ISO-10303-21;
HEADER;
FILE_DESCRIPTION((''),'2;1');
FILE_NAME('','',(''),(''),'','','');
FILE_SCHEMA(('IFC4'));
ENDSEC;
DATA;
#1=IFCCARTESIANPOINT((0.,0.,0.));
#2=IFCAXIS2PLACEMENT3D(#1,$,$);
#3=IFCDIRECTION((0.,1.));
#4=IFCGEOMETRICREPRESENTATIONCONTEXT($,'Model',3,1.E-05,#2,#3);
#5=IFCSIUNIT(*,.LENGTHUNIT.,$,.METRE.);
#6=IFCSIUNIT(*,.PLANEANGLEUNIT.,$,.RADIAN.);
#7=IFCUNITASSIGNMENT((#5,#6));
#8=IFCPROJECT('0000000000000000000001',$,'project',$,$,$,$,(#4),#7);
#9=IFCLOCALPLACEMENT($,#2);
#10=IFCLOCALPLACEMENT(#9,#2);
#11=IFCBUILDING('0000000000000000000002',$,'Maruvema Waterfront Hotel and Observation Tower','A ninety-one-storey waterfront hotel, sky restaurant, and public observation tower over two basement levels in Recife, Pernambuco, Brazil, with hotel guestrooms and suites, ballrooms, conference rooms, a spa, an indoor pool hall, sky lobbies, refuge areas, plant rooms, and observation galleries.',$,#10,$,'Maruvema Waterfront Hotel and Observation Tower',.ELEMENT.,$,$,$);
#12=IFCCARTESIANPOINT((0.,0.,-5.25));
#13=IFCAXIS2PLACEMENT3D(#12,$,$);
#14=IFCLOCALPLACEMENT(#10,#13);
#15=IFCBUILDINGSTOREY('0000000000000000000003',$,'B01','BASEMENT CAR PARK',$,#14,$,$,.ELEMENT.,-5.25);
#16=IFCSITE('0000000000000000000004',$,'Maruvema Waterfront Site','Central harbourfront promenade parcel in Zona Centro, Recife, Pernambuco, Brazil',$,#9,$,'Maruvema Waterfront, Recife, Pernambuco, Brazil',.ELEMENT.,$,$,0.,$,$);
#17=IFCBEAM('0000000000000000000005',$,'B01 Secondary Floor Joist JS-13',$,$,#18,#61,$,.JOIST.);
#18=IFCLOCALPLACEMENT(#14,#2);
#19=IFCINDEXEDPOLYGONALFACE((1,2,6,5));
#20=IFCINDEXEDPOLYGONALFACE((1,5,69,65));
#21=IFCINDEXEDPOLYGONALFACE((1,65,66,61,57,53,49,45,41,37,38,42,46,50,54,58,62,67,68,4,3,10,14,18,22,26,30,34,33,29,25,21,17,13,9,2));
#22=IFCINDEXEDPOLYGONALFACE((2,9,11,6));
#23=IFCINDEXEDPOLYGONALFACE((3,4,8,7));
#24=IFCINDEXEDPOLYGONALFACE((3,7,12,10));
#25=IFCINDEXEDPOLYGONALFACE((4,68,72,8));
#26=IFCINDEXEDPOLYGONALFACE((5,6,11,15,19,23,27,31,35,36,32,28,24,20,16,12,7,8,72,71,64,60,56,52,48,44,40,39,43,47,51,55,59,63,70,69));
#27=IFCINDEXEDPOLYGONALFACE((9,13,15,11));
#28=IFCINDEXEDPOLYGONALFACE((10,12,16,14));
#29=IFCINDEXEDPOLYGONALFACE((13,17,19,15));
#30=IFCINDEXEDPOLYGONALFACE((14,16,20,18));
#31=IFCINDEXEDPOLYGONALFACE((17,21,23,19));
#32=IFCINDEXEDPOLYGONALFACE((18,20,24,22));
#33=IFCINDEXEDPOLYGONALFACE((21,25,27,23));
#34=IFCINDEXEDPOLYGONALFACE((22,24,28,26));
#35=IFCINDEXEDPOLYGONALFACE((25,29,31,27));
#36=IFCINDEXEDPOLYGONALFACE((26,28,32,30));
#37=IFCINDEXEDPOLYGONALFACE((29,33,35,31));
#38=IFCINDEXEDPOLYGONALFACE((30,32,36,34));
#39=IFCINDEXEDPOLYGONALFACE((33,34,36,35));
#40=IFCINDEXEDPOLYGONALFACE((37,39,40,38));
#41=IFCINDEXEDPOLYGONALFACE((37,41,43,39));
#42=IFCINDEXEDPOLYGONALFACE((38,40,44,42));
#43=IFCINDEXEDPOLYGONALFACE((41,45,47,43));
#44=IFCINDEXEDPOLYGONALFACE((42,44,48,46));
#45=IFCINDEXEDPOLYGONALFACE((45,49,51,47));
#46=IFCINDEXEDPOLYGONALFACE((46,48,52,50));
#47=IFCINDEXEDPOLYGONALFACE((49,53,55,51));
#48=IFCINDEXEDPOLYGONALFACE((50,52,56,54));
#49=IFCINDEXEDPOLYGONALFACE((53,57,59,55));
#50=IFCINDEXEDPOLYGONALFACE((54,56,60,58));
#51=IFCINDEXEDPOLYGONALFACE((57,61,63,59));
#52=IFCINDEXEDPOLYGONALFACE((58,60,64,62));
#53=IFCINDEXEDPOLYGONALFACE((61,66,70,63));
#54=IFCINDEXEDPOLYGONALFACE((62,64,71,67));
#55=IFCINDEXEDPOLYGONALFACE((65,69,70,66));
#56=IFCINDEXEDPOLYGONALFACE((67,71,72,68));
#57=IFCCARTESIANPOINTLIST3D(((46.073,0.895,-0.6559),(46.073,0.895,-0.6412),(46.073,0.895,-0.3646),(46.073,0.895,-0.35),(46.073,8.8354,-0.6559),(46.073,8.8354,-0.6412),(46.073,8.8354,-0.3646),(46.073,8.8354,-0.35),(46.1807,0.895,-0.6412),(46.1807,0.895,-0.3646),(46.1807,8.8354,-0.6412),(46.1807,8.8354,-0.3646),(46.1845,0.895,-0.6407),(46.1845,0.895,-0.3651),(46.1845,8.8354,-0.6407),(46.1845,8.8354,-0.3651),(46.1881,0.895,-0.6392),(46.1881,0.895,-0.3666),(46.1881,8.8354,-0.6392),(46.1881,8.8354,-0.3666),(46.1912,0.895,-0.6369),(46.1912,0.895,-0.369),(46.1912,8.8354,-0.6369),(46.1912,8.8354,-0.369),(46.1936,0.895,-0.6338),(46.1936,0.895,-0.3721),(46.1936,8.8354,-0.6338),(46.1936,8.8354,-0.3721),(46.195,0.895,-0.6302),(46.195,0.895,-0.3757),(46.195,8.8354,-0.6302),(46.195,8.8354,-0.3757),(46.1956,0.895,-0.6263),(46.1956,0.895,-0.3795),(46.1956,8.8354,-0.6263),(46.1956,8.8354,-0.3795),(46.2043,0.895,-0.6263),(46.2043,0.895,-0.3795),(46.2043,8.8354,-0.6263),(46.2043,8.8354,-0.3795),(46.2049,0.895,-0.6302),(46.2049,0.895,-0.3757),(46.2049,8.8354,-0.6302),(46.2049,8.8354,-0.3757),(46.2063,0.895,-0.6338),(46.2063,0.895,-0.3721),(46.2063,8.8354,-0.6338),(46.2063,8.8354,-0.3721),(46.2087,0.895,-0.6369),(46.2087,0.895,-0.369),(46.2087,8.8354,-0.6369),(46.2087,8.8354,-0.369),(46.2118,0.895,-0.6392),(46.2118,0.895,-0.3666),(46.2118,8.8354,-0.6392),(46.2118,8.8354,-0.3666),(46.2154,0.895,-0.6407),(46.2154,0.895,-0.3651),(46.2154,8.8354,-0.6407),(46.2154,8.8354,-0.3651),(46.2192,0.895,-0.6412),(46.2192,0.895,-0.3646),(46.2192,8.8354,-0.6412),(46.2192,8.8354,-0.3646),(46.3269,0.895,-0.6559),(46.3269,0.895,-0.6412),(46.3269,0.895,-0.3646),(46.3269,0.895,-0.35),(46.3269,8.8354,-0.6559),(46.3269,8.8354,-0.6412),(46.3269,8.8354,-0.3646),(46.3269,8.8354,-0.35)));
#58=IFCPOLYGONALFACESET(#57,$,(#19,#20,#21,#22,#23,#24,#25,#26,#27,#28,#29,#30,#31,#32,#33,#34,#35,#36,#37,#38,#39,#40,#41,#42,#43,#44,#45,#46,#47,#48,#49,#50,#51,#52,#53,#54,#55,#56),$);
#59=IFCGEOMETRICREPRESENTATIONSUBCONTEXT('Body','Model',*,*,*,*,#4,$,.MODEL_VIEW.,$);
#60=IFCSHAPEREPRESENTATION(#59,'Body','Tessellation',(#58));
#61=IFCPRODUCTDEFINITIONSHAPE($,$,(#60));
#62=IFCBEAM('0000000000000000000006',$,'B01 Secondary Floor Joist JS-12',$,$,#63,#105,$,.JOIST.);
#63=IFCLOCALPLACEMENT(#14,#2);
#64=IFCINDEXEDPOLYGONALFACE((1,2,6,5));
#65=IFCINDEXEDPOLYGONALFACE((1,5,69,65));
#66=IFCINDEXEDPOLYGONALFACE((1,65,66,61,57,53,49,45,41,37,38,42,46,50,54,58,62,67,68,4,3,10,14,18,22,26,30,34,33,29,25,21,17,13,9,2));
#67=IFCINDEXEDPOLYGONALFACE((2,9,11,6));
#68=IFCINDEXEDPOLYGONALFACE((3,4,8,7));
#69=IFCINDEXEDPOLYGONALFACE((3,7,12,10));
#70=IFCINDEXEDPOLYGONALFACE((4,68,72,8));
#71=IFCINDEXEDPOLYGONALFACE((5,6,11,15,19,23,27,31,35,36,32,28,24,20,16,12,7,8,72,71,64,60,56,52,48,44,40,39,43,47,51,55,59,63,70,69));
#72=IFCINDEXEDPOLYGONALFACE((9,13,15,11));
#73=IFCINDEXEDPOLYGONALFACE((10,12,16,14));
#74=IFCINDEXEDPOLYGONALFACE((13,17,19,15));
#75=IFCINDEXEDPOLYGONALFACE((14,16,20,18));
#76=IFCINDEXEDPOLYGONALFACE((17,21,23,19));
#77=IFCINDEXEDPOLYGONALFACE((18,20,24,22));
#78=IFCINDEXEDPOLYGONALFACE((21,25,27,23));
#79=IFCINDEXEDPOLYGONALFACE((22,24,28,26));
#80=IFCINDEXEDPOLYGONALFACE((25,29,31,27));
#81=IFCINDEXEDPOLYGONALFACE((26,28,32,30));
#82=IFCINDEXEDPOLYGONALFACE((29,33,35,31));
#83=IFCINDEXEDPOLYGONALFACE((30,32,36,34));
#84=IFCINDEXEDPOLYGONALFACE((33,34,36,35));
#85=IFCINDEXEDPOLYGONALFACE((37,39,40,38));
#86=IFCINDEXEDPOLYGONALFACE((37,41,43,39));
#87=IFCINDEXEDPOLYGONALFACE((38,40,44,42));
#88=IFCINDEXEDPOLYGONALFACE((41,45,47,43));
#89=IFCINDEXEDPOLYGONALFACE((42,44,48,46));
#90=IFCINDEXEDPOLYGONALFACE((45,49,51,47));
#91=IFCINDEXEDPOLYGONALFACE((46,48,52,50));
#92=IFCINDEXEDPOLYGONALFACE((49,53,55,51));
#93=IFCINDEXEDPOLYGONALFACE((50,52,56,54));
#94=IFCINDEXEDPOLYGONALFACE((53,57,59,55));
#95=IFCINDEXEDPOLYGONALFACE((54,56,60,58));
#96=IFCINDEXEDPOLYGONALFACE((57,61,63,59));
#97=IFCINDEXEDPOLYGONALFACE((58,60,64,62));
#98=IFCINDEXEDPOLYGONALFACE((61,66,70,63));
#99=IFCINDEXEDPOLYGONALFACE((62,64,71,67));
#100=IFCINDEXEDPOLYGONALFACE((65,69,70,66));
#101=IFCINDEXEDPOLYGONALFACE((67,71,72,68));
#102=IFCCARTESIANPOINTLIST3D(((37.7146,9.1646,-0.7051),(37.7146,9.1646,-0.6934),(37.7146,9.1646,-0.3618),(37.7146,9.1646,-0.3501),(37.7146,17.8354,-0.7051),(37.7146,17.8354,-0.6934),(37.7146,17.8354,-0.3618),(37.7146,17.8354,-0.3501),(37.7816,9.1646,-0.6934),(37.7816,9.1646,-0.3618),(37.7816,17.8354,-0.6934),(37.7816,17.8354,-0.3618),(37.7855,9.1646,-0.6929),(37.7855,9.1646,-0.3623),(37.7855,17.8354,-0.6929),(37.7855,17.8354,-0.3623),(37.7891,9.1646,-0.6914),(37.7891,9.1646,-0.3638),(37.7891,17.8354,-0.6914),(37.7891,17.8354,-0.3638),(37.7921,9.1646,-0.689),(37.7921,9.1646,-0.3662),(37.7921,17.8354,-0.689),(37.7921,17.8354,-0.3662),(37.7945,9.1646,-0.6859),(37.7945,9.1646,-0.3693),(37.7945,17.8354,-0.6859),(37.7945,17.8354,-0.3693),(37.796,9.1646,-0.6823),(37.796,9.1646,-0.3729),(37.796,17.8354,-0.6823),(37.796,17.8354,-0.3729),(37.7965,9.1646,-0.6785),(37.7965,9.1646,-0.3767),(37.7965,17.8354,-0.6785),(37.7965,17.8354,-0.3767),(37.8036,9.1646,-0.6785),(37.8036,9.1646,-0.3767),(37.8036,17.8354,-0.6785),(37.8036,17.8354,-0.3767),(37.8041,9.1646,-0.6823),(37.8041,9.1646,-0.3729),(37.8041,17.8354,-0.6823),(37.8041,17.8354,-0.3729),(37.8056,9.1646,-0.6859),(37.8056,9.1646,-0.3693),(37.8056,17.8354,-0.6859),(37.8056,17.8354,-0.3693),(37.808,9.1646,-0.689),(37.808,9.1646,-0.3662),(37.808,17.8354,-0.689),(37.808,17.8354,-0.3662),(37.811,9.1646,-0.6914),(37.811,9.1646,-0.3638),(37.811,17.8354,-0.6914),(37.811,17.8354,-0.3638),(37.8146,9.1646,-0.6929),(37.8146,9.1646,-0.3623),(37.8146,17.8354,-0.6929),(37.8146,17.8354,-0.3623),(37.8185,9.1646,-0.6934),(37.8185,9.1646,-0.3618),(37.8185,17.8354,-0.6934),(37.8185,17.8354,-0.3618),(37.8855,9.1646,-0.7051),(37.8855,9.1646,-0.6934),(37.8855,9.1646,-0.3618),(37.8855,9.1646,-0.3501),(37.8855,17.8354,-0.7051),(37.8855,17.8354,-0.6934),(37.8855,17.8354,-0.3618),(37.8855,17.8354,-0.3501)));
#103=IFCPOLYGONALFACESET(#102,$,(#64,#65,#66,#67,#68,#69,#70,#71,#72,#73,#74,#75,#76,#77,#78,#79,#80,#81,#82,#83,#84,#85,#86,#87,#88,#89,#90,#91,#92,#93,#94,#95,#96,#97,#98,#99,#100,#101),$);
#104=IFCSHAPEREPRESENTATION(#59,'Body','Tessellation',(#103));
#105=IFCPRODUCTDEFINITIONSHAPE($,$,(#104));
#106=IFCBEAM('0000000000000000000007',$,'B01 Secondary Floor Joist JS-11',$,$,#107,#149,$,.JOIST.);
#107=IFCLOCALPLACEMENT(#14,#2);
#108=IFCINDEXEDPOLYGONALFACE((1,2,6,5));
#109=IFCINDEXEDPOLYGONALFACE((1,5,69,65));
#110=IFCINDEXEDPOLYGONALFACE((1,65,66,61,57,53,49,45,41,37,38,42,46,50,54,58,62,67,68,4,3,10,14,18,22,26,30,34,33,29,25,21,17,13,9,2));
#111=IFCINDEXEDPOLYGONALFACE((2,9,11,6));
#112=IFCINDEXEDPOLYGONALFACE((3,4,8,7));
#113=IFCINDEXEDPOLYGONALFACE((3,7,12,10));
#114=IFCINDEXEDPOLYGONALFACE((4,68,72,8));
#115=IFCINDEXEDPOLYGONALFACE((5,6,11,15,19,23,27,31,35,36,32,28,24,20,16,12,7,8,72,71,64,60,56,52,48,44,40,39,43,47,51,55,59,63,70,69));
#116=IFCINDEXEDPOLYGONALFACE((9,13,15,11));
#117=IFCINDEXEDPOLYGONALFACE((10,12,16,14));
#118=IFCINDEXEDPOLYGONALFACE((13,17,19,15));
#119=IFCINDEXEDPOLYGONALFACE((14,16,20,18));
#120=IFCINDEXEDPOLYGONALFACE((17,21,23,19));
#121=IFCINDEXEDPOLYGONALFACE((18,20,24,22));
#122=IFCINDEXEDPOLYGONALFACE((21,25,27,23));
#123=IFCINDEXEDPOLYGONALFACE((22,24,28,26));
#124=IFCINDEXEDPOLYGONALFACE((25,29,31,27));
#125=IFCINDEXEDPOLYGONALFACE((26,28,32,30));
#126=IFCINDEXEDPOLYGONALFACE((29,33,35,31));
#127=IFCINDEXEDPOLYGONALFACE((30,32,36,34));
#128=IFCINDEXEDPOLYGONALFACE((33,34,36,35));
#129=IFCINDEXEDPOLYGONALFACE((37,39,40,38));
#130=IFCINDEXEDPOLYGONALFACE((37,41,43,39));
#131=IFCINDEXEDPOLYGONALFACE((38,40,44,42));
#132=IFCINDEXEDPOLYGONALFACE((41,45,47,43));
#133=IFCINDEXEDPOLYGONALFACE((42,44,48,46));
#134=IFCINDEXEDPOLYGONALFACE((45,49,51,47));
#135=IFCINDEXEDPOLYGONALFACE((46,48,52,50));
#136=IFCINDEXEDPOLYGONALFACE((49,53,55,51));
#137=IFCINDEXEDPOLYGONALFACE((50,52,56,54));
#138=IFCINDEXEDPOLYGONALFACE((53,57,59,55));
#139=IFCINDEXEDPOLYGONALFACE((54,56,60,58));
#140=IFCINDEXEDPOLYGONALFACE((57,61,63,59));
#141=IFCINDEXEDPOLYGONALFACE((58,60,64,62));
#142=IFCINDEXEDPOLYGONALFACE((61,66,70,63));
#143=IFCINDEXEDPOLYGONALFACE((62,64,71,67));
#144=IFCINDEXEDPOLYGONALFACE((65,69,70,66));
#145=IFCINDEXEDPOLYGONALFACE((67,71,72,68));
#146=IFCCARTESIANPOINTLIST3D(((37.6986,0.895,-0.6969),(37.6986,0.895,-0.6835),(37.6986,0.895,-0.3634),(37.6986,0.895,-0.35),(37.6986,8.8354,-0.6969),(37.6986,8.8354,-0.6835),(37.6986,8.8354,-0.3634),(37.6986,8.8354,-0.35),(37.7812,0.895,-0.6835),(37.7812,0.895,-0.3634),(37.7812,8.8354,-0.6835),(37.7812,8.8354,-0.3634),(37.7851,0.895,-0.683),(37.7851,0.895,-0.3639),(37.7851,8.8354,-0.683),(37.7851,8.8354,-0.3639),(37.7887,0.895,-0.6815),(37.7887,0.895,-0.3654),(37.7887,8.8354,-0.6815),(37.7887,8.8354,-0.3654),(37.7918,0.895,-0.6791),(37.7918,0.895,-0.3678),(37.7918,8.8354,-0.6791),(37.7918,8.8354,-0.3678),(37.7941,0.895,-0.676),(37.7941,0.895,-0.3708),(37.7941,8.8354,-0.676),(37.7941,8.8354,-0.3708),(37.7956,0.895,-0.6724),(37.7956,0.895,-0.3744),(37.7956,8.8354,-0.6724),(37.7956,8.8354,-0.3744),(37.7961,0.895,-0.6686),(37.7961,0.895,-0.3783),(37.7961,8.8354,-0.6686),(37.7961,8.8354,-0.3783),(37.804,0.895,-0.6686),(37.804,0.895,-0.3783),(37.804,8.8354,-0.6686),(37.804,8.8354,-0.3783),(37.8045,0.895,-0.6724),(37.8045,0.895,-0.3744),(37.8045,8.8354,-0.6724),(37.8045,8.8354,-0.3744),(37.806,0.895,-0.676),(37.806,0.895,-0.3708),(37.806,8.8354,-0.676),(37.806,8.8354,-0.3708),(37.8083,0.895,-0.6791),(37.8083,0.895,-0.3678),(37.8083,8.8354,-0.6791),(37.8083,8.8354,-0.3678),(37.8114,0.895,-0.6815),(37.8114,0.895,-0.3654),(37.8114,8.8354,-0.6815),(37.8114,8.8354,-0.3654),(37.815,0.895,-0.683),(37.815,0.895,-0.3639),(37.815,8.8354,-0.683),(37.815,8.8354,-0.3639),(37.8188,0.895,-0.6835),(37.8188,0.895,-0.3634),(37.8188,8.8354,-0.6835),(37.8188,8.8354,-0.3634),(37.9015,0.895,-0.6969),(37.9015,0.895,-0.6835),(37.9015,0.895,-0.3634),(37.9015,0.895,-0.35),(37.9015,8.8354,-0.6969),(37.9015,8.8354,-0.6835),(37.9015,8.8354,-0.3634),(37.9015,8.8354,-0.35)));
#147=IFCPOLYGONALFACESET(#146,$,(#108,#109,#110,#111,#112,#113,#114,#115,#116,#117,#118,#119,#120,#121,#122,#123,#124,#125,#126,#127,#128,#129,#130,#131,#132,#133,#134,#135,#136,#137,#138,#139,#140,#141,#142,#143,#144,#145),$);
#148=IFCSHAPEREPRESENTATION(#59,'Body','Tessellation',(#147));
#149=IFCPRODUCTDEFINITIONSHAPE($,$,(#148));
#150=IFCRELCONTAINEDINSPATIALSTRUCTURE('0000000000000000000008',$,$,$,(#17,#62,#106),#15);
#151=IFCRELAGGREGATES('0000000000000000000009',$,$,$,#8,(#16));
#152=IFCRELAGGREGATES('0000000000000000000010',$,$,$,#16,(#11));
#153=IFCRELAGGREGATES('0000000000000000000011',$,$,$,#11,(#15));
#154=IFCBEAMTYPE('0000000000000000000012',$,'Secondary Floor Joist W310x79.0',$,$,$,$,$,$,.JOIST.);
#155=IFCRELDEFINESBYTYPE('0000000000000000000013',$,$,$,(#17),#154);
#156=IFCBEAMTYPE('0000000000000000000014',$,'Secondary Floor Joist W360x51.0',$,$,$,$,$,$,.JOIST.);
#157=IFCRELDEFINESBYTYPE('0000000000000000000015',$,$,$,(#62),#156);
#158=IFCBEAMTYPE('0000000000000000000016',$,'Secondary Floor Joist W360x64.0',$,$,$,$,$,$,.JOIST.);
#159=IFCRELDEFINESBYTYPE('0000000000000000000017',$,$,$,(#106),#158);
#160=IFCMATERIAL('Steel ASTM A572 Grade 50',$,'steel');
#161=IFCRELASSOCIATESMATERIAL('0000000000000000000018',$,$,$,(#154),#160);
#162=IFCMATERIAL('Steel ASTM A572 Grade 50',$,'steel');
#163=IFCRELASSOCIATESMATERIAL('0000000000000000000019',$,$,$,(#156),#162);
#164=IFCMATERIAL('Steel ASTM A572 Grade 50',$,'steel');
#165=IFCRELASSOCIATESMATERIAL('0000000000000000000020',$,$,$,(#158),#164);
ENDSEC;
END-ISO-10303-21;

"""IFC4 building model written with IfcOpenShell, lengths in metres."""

from ifc_helpers import new_model, si_unit, direction, frame, origin, origin_2d, place, context, subcontext, project, spatial, i_section, extrude, material, material_profile, profile_set, type_object, element, save


model = new_model("IFC4")

# Units and contexts
model_context = context("Model", 3, precision=1e-05, world=origin(), true_north=direction((0.0, 1.0)))
body_context = subcontext(model_context, "Body", "Model", "MODEL_VIEW")
ifc_project = project(units=[si_unit("LENGTHUNIT", "METRE"), si_unit("PLANEANGLEUNIT", "RADIAN")], contexts=[model_context])

# Site, building, storey
site_placement = place(None, origin())
site = spatial("IfcSite", under=ifc_project, at=site_placement, Name="Maruvema Waterfront Site", Description="Central harbourfront promenade parcel in Zona Centro, Recife, Pernambuco, Brazil", LongName="Maruvema Waterfront, Recife, Pernambuco, Brazil", CompositionType="ELEMENT", RefElevation=0.0)
building_placement = place(site_placement, origin())
building = spatial("IfcBuilding", under=site, at=building_placement, Name="Maruvema Waterfront Hotel and Observation Tower", Description="A ninety-one-storey waterfront hotel, sky restaurant, and public observation tower over two basement levels in Recife, Pernambuco, Brazil, with hotel guestrooms and suites, ballrooms, conference rooms, a spa, an indoor pool hall, sky lobbies, refuge areas, plant rooms, and observation galleries.", LongName="Maruvema Waterfront Hotel and Observation Tower", CompositionType="ELEMENT")
storey_placement = place(building_placement, frame((0.0, 0.0, -5.25)))
storey = spatial("IfcBuildingStorey", under=building, at=storey_placement, Name="B01", Description="BASEMENT CAR PARK", CompositionType="ELEMENT", Elevation=-5.25)

# Beams
ifc_material_1 = material(Name="Steel ASTM A572 Grade 50", Category="steel")
ifc_material_profile_1 = material_profile(ifc_material_1, i_section(OverallWidth=0.2539, OverallDepth=0.3059, WebThickness=0.0088, FlangeThickness=0.0146, FilletRadius=0.0149, at=origin_2d()), Name="W310x79.0")
ifc_profile_set_1 = profile_set([ifc_material_profile_1], Name="Steel ASTM A572 Grade 50")
beam_type_1 = type_object("IfcBeamType", Name="Secondary Floor Joist W310x79.0", PredefinedType="JOIST", material=ifc_profile_set_1)
beam_1_placement = place(storey_placement, frame((46.2, 0.895, -0.5029), z_axis=(0.0, 1.0, 0.0), x_axis=(-1.0, 0.0, 0.0)))
element("IfcBeam", 1, at=beam_1_placement, inside=storey, type_object=beam_type_1, Name="B01 Secondary Floor Joist JS-13", PredefinedType="JOIST", context=body_context, shape_type="SweptSolid", body=[
    extrude(i_section(OverallWidth=0.2539, OverallDepth=0.3059, WebThickness=0.0088, FlangeThickness=0.0146, FilletRadius=0.0149, at=origin_2d()), origin(), (0.0, 0.0, 1.0), 7.9404),
])
ifc_material_2 = material(Name="Steel ASTM A572 Grade 50", Category="steel")
ifc_material_profile_2 = material_profile(ifc_material_2, i_section(OverallWidth=0.1709, OverallDepth=0.355, WebThickness=0.0071, FlangeThickness=0.0117, FilletRadius=0.0149, at=origin_2d()), Name="W360x51.0")
ifc_profile_set_2 = profile_set([ifc_material_profile_2], Name="Steel ASTM A572 Grade 50")
beam_type_2 = type_object("IfcBeamType", Name="Secondary Floor Joist W360x51.0", PredefinedType="JOIST", material=ifc_profile_set_2)
beam_2_placement = place(storey_placement, frame((37.8, 9.1646, -0.5276), z_axis=(0.0, 1.0, 0.0), x_axis=(-1.0, 0.0, 0.0)))
element("IfcBeam", 2, at=beam_2_placement, inside=storey, type_object=beam_type_2, Name="B01 Secondary Floor Joist JS-12", PredefinedType="JOIST", context=body_context, shape_type="SweptSolid", body=[
    extrude(i_section(OverallWidth=0.1709, OverallDepth=0.355, WebThickness=0.0071, FlangeThickness=0.0117, FilletRadius=0.0149, at=origin_2d()), origin(), (0.0, 0.0, 1.0), 8.6709),
])
ifc_material_3 = material(Name="Steel ASTM A572 Grade 50", Category="steel")
ifc_material_profile_3 = material_profile(ifc_material_3, i_section(OverallWidth=0.2029, OverallDepth=0.3469, WebThickness=0.0078, FlangeThickness=0.0134, FilletRadius=0.0149, at=origin_2d()), Name="W360x64.0")
ifc_profile_set_3 = profile_set([ifc_material_profile_3], Name="Steel ASTM A572 Grade 50")
beam_type_3 = type_object("IfcBeamType", Name="Secondary Floor Joist W360x64.0", PredefinedType="JOIST", material=ifc_profile_set_3)
beam_3_placement = place(storey_placement, frame((37.8, 0.895, -0.5234), z_axis=(0.0, 1.0, 0.0), x_axis=(-1.0, 0.0, 0.0)))
element("IfcBeam", 3, at=beam_3_placement, inside=storey, type_object=beam_type_3, Name="B01 Secondary Floor Joist JS-11", PredefinedType="JOIST", context=body_context, shape_type="SweptSolid", body=[
    extrude(i_section(OverallWidth=0.2029, OverallDepth=0.3469, WebThickness=0.0078, FlangeThickness=0.0134, FilletRadius=0.0149, at=origin_2d()), origin(), (0.0, 0.0, 1.0), 7.9404),
])

save(model, "model.ifc")
